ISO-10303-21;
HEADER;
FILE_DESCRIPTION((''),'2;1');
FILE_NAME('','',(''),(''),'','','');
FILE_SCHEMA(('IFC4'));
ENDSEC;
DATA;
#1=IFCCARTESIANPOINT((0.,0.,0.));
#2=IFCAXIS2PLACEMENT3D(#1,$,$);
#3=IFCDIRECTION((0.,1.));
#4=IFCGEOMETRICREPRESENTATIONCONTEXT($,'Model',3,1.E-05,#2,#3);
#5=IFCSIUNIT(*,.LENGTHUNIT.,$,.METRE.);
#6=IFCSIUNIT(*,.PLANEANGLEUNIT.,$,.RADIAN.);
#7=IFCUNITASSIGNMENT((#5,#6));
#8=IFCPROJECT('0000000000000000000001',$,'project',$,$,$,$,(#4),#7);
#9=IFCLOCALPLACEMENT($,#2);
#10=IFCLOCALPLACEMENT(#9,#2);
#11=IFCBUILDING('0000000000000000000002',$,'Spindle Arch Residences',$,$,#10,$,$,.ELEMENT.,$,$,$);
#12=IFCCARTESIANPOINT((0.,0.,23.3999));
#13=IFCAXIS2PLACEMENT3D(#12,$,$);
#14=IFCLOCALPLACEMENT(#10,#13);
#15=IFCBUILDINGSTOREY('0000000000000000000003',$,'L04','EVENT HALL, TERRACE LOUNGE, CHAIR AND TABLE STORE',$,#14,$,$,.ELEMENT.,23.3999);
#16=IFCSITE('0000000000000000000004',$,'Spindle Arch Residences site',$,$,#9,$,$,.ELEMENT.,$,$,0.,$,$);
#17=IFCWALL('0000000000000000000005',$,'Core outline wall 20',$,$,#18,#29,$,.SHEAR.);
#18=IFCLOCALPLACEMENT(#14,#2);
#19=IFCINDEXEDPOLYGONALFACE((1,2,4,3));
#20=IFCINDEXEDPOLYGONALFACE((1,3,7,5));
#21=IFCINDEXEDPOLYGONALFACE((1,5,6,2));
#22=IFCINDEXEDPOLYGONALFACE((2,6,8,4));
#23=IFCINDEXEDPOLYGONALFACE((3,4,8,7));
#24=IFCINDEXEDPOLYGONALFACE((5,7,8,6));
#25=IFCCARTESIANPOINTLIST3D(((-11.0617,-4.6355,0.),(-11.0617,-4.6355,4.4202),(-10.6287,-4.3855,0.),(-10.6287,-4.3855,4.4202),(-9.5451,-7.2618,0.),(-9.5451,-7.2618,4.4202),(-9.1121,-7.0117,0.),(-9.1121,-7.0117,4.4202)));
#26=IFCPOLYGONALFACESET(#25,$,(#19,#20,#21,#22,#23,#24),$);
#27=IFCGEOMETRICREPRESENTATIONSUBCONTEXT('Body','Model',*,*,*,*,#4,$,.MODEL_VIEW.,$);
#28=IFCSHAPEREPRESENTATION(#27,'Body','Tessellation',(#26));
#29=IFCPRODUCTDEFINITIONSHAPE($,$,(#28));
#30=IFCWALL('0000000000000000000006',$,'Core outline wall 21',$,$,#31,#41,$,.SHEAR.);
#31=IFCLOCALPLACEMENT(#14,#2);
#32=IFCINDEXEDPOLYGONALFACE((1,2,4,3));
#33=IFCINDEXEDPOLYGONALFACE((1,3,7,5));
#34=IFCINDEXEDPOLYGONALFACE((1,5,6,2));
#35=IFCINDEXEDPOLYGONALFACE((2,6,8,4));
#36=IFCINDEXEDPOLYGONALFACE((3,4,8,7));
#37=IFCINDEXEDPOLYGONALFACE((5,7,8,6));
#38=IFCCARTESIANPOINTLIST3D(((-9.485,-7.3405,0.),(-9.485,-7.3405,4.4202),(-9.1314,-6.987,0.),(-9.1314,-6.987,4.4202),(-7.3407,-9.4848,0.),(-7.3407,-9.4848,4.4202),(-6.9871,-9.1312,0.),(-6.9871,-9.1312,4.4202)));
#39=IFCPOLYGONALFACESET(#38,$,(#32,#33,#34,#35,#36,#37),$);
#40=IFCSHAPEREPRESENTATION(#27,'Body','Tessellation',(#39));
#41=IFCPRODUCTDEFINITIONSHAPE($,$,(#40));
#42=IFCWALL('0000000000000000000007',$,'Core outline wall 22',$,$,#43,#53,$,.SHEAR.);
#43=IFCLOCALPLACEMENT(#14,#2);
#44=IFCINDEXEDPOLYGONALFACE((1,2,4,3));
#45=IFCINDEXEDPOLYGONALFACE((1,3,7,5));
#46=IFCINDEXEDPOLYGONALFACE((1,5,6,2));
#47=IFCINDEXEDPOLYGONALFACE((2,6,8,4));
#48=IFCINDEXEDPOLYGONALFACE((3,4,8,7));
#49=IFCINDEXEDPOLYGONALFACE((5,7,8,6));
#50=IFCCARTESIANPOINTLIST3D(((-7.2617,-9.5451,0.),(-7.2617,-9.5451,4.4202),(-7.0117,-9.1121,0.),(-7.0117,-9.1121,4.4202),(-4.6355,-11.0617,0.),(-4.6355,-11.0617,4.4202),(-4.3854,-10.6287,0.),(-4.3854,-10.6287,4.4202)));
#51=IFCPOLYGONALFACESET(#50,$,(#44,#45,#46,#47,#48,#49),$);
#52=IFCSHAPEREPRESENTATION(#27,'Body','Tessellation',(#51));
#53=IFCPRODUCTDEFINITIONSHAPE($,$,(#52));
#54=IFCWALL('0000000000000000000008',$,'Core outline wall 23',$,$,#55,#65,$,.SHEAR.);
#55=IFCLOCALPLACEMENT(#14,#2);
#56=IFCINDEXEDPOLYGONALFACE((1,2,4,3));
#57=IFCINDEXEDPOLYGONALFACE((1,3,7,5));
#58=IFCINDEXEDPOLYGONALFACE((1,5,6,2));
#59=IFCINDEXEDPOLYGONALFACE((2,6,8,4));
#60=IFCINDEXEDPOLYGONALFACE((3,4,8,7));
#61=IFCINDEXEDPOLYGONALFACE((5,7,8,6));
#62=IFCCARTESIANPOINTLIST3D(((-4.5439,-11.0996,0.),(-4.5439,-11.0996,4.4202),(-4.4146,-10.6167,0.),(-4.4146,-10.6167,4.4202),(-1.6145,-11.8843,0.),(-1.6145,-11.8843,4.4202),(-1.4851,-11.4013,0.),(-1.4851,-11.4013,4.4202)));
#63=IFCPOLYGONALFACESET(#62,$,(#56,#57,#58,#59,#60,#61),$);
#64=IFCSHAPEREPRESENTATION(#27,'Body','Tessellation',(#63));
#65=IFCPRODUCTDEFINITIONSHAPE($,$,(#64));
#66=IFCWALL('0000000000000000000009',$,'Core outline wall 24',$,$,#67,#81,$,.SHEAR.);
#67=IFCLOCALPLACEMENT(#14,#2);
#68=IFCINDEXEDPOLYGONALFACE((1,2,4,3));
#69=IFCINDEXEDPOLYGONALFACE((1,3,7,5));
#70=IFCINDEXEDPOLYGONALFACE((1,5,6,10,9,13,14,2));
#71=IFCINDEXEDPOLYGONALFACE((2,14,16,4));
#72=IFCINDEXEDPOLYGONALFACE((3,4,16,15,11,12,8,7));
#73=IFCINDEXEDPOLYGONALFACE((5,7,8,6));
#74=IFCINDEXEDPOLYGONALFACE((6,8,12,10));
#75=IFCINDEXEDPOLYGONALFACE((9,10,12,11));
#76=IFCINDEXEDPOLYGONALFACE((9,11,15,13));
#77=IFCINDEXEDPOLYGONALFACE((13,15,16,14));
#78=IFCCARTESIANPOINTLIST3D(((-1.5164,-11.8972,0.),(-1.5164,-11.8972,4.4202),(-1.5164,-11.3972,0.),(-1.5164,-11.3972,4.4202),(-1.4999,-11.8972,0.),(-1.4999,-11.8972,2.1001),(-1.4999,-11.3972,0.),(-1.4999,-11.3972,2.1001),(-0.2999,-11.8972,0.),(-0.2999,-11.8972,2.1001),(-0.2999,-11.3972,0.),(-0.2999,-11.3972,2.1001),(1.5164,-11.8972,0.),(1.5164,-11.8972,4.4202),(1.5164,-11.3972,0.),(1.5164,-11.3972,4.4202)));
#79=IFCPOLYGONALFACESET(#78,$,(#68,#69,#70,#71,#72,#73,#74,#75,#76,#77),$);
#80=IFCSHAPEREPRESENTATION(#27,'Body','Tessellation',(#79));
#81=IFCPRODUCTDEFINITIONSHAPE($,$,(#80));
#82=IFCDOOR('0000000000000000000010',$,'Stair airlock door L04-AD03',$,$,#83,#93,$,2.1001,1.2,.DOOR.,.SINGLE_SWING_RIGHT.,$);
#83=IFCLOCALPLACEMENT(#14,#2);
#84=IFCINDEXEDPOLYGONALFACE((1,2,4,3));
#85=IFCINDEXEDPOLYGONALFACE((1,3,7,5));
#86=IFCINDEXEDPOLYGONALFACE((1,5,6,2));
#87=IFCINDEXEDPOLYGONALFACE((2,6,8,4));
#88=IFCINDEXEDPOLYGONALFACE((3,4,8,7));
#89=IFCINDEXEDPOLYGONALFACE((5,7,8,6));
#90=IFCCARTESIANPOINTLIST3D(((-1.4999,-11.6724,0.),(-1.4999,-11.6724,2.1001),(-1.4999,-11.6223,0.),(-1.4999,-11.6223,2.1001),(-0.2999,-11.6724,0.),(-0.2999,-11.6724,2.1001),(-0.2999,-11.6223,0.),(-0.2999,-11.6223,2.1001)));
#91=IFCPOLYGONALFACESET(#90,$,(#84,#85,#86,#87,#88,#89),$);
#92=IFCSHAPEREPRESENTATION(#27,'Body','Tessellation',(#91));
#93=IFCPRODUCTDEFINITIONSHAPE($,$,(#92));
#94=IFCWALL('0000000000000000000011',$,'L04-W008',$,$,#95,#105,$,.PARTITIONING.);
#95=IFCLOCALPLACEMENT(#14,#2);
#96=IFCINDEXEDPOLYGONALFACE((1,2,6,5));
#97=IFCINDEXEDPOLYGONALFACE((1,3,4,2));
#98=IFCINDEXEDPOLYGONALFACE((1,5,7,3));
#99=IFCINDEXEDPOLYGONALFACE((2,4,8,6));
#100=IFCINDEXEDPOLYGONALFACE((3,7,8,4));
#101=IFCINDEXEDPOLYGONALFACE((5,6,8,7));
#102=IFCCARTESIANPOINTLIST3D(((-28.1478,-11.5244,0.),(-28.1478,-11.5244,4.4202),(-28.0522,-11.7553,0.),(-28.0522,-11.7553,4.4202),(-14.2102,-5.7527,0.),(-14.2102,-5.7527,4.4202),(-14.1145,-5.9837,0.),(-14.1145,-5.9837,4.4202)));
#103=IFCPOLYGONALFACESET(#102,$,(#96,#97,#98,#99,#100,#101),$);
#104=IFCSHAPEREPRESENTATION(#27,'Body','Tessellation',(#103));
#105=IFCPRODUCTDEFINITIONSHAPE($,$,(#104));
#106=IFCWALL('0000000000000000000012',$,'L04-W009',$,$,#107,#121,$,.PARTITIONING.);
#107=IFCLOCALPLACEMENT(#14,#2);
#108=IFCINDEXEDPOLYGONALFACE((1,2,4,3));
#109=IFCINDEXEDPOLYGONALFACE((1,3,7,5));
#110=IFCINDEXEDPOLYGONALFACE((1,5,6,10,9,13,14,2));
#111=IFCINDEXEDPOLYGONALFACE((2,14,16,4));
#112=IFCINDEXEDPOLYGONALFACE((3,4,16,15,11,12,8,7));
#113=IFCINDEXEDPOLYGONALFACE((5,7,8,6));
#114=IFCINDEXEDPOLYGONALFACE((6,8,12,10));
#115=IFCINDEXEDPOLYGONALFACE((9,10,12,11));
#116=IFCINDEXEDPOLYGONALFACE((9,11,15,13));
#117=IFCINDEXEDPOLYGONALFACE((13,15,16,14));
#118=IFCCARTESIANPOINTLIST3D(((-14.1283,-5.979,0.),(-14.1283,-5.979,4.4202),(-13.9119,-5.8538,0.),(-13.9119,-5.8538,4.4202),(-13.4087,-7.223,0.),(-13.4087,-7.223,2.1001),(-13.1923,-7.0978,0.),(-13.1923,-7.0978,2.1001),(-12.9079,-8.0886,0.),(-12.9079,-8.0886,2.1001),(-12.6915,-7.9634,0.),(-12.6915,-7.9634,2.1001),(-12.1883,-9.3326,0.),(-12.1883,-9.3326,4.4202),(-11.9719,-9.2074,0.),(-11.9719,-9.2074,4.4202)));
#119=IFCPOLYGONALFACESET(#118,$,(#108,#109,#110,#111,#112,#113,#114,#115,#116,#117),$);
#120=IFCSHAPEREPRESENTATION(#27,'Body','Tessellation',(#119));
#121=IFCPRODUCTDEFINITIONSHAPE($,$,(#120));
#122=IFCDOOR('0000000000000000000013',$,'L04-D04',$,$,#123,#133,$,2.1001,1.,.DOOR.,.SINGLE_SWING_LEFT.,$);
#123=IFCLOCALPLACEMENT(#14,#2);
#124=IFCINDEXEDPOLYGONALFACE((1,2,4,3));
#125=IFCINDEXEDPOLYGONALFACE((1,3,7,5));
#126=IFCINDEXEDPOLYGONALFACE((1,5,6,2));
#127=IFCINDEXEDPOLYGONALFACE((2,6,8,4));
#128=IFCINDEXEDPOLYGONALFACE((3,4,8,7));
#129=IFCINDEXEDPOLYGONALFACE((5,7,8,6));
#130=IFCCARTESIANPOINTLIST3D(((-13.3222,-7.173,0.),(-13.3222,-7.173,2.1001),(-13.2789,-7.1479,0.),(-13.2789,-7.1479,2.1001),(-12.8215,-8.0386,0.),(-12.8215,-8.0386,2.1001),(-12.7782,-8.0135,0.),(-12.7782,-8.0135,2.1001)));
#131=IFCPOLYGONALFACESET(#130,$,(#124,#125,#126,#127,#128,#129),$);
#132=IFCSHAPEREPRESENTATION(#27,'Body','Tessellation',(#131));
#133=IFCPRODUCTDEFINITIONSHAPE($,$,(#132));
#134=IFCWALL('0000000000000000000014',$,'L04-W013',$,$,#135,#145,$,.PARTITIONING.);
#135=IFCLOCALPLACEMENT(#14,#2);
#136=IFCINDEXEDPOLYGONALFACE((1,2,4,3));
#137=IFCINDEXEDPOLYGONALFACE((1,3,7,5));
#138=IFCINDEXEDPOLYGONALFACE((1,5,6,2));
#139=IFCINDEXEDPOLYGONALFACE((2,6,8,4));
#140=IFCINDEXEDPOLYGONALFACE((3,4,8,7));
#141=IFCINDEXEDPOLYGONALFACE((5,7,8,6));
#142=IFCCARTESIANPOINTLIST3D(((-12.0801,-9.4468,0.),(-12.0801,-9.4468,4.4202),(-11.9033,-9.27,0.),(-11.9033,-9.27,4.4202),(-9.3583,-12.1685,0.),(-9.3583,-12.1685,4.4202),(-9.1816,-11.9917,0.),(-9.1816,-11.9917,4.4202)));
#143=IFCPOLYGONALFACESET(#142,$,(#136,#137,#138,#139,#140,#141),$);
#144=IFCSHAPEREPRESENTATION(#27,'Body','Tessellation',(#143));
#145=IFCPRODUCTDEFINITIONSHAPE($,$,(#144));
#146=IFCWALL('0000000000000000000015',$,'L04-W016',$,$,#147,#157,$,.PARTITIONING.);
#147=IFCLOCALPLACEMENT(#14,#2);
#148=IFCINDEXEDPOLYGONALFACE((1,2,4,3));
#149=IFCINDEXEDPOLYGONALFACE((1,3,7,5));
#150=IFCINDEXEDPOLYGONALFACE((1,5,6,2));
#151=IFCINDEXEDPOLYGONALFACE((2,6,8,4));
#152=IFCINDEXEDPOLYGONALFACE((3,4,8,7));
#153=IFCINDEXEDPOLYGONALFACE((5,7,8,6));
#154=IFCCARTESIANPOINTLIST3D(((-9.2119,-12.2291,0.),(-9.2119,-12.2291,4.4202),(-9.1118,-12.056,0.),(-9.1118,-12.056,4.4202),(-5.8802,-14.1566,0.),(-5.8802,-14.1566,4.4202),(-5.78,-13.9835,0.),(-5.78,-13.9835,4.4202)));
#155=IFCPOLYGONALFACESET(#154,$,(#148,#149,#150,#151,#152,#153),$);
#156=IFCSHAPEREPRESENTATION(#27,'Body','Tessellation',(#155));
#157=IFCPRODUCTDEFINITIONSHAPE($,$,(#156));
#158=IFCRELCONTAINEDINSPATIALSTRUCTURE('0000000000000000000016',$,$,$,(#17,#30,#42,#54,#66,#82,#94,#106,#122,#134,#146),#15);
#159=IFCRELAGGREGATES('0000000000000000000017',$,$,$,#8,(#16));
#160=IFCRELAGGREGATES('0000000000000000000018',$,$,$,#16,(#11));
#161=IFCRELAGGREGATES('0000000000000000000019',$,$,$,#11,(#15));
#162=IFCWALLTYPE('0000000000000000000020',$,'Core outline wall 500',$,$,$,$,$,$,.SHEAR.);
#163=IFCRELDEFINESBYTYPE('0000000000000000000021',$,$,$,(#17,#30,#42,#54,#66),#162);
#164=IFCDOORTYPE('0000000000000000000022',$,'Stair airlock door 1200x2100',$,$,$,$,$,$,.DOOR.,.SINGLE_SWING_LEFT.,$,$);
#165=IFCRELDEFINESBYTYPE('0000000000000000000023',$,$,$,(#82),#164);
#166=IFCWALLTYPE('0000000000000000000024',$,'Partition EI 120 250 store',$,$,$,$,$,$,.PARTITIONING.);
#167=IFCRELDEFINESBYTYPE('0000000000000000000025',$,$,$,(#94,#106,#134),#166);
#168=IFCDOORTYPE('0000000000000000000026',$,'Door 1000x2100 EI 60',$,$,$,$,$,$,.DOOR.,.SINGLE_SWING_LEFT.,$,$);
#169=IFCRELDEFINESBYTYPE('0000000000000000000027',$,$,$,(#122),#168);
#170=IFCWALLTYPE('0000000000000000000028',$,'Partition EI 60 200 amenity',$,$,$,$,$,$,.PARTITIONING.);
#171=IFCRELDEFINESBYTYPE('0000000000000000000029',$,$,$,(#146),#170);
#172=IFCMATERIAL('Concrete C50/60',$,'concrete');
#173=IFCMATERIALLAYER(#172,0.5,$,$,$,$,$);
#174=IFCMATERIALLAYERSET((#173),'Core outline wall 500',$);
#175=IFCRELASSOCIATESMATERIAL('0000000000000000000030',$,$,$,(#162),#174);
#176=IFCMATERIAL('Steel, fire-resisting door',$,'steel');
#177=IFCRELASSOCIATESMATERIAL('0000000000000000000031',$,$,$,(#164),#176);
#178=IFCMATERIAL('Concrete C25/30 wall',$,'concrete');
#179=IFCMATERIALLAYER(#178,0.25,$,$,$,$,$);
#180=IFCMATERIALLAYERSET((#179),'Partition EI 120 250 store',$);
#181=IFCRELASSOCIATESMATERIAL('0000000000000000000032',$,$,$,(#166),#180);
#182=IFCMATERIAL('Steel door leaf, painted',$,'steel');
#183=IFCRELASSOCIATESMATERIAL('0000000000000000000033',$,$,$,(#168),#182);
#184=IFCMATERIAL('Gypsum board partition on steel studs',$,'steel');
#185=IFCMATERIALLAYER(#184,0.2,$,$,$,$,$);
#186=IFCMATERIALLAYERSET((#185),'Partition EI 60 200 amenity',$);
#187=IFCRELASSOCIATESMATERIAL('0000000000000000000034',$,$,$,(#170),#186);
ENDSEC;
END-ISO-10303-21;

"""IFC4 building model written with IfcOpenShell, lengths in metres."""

from ifc_helpers import new_model, si_unit, direction, frame, frame_2d, origin, place, context, subcontext, project, spatial, rectangle, extrude, material, layer, layer_set, type_object, element, fill, save


model = new_model("IFC4")

# Units and contexts
model_context = context("Model", 3, precision=1e-05, world=origin(), true_north=direction((0.0, 1.0)))
body_context = subcontext(model_context, "Body", "Model", "MODEL_VIEW")
ifc_project = project(units=[si_unit("LENGTHUNIT", "METRE"), si_unit("PLANEANGLEUNIT", "RADIAN")], contexts=[model_context])

# Site, building, storey
site_placement = place(None, origin())
site = spatial("IfcSite", under=ifc_project, at=site_placement, Name="Spindle Arch Residences site", CompositionType="ELEMENT", RefElevation=0.0)
building_placement = place(site_placement, origin())
building = spatial("IfcBuilding", under=site, at=building_placement, Name="Spindle Arch Residences", CompositionType="ELEMENT")
storey_placement = place(building_placement, frame((0.0, 0.0, 23.3999)))
storey = spatial("IfcBuildingStorey", under=building, at=storey_placement, Name="L04", Description="EVENT HALL, TERRACE LOUNGE, CHAIR AND TABLE STORE", CompositionType="ELEMENT", Elevation=23.3999)

# Walls
ifc_material_1 = material(Name="Concrete C50/60", Category="concrete")
ifc_layer_1 = layer(ifc_material_1, 0.5)
ifc_layer_set_1 = layer_set([ifc_layer_1], Name="Core outline wall 500")
wall_type_1 = type_object("IfcWallType", Name="Core outline wall 500", PredefinedType="SHEAR", material=ifc_layer_set_1)
wall_1_placement = place(storey_placement, frame((-10.8452, -4.5105, 0.0), z_axis=(0.0, 0.0, 1.0), x_axis=(0.500087, -0.865975, 0.0)))
element("IfcWall", 1, at=wall_1_placement, inside=storey, type_object=wall_type_1, Name="Core outline wall 20", PredefinedType="SHEAR", context=body_context, shape_type="SweptSolid", body=[
    extrude(rectangle(XDim=3.0327, YDim=0.5, at=frame_2d((1.5164, 0.0))), origin(), (0.0, 0.0, 1.0), 4.4202),
])
wall_2_placement = place(storey_placement, frame((-9.3081, -7.1638, 0.0), z_axis=(0.0, 0.0, 1.0), x_axis=(0.707107, -0.707107, 0.0)))
element("IfcWall", 2, at=wall_2_placement, inside=storey, type_object=wall_type_1, Name="Core outline wall 21", PredefinedType="SHEAR", context=body_context, shape_type="SweptSolid", body=[
    extrude(rectangle(XDim=3.0325, YDim=0.5, at=frame_2d((1.5161, 0.0))), origin(), (0.0, 0.0, 1.0), 4.4202),
])
for number, where, z_axis, x_axis, name in (
    (3, (-7.1367, -9.3286, 0.0), (0.0, 0.0, 1.0), (0.865975, -0.500087, 0.0), "Core outline wall 22"),
    (4, (-4.4792, -10.8582, 0.0), (0.0, 0.0, 1.0), (0.965948, -0.258735, 0.0), "Core outline wall 23"),
):
    element("IfcWall", number, at=place(storey_placement, frame(where, z_axis=z_axis, x_axis=x_axis)), inside=storey, type_object=wall_type_1, Name=name, PredefinedType="SHEAR", context=body_context, shape_type="SweptSolid", body=[
        extrude(rectangle(XDim=3.0327, YDim=0.5, at=frame_2d((1.5164, 0.0))), origin(), (0.0, 0.0, 1.0), 4.4202),
    ])

# Wall, opening, door
wall_3_placement = place(storey_placement, frame((-1.5164, -11.6472, 0.0), z_axis=(0.0, 0.0, 1.0), x_axis=(1.0, 0.0, 0.0)))
wall_3 = element("IfcWall", 5, at=wall_3_placement, inside=storey, type_object=wall_type_1, Name="Core outline wall 24", PredefinedType="SHEAR", context=body_context, shape_type="SweptSolid", body=[
    extrude(rectangle(XDim=3.0327, YDim=0.5, at=frame_2d((1.5164, 0.0))), origin(), (0.0, 0.0, 1.0), 4.4202),
])
opening_1_placement = place(wall_3_placement, frame((0.0164, 0.0, 0.0)))
opening_1 = element("IfcOpeningElement", 6, at=opening_1_placement, cuts=wall_3, PredefinedType="OPENING", context=body_context, shape_type="SweptSolid", body=[
    extrude(rectangle(XDim=1.2, YDim=2.1001, at=frame_2d((0.6001, 1.05))), frame((0.0, 0.26, 0.0), z_axis=(0.0, -1.0, 0.0), x_axis=(1.0, 0.0, 0.0)), (0.0, 0.0, 1.0), 0.52),
])
ifc_material_2 = material(Name="Steel, fire-resisting door", Category="steel")
door_type_1 = type_object("IfcDoorType", Name="Stair airlock door 1200x2100", OperationType="SINGLE_SWING_LEFT", PredefinedType="DOOR", material=ifc_material_2)
door_1_placement = place(opening_1_placement, origin())
door_1 = element("IfcDoor", 7, at=door_1_placement, inside=storey, type_object=door_type_1, Name="Stair airlock door L04-AD03", OperationType="SINGLE_SWING_RIGHT", OverallHeight=2.1001, OverallWidth=1.2, PredefinedType="DOOR", context=body_context, shape_type="SweptSolid", body=[
    extrude(rectangle(XDim=1.2, YDim=2.1001, at=frame_2d((0.6001, 1.05))), frame((0.0, 0.0249, 0.0), z_axis=(0.0, -1.0, 0.0), x_axis=(1.0, 0.0, 0.0)), (0.0, 0.0, 1.0), 0.05),
])
fill(opening_1, door_1)

# Wall
ifc_material_3 = material(Name="Concrete C25/30 wall", Category="concrete")
ifc_layer_2 = layer(ifc_material_3, 0.25)
ifc_layer_set_2 = layer_set([ifc_layer_2], Name="Partition EI 120 250 store")
wall_type_2 = type_object("IfcWallType", Name="Partition EI 120 250 store", PredefinedType="PARTITIONING", material=ifc_layer_set_2)
wall_4_placement = place(storey_placement, frame((-14.1624, -5.8682, 0.0), z_axis=(0.0, 0.0, 1.0), x_axis=(-0.923914, -0.3826, 0.0)))
element("IfcWall", 8, at=wall_4_placement, inside=storey, type_object=wall_type_2, Name="L04-W008", PredefinedType="PARTITIONING", context=body_context, shape_type="SweptSolid", body=[
    extrude(rectangle(XDim=15.0854, YDim=0.25, at=frame_2d((7.5427, 0.0))), origin(), (0.0, 0.0, 1.0), 4.4202),
])

# Wall, opening, door
wall_5_placement = place(storey_placement, frame((-14.02, -5.9165, 0.0), z_axis=(0.0, 0.0, 1.0), x_axis=(0.500733, -0.865602, 0.0)))
wall_5 = element("IfcWall", 9, at=wall_5_placement, inside=storey, type_object=wall_type_2, Name="L04-W009", PredefinedType="PARTITIONING", context=body_context, shape_type="SweptSolid", body=[
    extrude(rectangle(XDim=3.8743, YDim=0.25, at=frame_2d((1.937, 0.0))), origin(), (0.0, 0.0, 1.0), 4.4202),
])
opening_2_placement = place(wall_5_placement, frame((1.437, 0.0, 0.0)))
opening_2 = element("IfcOpeningElement", 10, at=opening_2_placement, cuts=wall_5, PredefinedType="OPENING", context=body_context, shape_type="SweptSolid", body=[
    extrude(rectangle(XDim=1.0, YDim=2.1001, at=frame_2d((0.5, 1.05))), frame((0.0, 0.135, 0.0), z_axis=(0.0, -1.0, 0.0), x_axis=(1.0, 0.0, 0.0)), (0.0, 0.0, 1.0), 0.27),
])
ifc_material_4 = material(Name="Steel door leaf, painted", Category="steel")
door_type_2 = type_object("IfcDoorType", Name="Door 1000x2100 EI 60", OperationType="SINGLE_SWING_LEFT", PredefinedType="DOOR", material=ifc_material_4)
door_2_placement = place(opening_2_placement, origin())
door_2 = element("IfcDoor", 11, at=door_2_placement, inside=storey, type_object=door_type_2, Name="L04-D04", OperationType="SINGLE_SWING_LEFT", OverallHeight=2.1001, OverallWidth=1.0, PredefinedType="DOOR", context=body_context, shape_type="SweptSolid", body=[
    extrude(rectangle(XDim=1.0, YDim=2.1001, at=frame_2d((0.5, 1.05))), frame((0.0, 0.0249, 0.0), z_axis=(0.0, -1.0, 0.0), x_axis=(1.0, 0.0, 0.0)), (0.0, 0.0, 1.0), 0.05),
])
fill(opening_2, door_2)

# Walls
wall_6_placement = place(storey_placement, frame((-11.9917, -9.3584, 0.0), z_axis=(0.0, 0.0, 1.0), x_axis=(0.707107, -0.707107, 0.0)))
element("IfcWall", 12, at=wall_6_placement, inside=storey, type_object=wall_type_2, Name="L04-W013", PredefinedType="PARTITIONING", context=body_context, shape_type="SweptSolid", body=[
    extrude(rectangle(XDim=3.8491, YDim=0.25, at=frame_2d((1.9246, 0.0))), origin(), (0.0, 0.0, 1.0), 4.4202),
])
ifc_material_5 = material(Name="Gypsum board partition on steel studs", Category="steel")
ifc_layer_3 = layer(ifc_material_5, 0.2)
ifc_layer_set_3 = layer_set([ifc_layer_3], Name="Partition EI 60 200 amenity")
wall_type_3 = type_object("IfcWallType", Name="Partition EI 60 200 amenity", PredefinedType="PARTITIONING", material=ifc_layer_set_3)
wall_7_placement = place(storey_placement, frame((-9.1619, -12.1426, 0.0), z_axis=(0.0, 0.0, 1.0), x_axis=(0.865588, -0.500756, 0.0)))
element("IfcWall", 13, at=wall_7_placement, inside=storey, type_object=wall_type_3, Name="L04-W016", PredefinedType="PARTITIONING", context=body_context, shape_type="SweptSolid", body=[
    extrude(rectangle(XDim=3.8491, YDim=0.2, at=frame_2d((1.9246, 0.0))), origin(), (0.0, 0.0, 1.0), 4.4202),
])

save(model, "model.ifc")
